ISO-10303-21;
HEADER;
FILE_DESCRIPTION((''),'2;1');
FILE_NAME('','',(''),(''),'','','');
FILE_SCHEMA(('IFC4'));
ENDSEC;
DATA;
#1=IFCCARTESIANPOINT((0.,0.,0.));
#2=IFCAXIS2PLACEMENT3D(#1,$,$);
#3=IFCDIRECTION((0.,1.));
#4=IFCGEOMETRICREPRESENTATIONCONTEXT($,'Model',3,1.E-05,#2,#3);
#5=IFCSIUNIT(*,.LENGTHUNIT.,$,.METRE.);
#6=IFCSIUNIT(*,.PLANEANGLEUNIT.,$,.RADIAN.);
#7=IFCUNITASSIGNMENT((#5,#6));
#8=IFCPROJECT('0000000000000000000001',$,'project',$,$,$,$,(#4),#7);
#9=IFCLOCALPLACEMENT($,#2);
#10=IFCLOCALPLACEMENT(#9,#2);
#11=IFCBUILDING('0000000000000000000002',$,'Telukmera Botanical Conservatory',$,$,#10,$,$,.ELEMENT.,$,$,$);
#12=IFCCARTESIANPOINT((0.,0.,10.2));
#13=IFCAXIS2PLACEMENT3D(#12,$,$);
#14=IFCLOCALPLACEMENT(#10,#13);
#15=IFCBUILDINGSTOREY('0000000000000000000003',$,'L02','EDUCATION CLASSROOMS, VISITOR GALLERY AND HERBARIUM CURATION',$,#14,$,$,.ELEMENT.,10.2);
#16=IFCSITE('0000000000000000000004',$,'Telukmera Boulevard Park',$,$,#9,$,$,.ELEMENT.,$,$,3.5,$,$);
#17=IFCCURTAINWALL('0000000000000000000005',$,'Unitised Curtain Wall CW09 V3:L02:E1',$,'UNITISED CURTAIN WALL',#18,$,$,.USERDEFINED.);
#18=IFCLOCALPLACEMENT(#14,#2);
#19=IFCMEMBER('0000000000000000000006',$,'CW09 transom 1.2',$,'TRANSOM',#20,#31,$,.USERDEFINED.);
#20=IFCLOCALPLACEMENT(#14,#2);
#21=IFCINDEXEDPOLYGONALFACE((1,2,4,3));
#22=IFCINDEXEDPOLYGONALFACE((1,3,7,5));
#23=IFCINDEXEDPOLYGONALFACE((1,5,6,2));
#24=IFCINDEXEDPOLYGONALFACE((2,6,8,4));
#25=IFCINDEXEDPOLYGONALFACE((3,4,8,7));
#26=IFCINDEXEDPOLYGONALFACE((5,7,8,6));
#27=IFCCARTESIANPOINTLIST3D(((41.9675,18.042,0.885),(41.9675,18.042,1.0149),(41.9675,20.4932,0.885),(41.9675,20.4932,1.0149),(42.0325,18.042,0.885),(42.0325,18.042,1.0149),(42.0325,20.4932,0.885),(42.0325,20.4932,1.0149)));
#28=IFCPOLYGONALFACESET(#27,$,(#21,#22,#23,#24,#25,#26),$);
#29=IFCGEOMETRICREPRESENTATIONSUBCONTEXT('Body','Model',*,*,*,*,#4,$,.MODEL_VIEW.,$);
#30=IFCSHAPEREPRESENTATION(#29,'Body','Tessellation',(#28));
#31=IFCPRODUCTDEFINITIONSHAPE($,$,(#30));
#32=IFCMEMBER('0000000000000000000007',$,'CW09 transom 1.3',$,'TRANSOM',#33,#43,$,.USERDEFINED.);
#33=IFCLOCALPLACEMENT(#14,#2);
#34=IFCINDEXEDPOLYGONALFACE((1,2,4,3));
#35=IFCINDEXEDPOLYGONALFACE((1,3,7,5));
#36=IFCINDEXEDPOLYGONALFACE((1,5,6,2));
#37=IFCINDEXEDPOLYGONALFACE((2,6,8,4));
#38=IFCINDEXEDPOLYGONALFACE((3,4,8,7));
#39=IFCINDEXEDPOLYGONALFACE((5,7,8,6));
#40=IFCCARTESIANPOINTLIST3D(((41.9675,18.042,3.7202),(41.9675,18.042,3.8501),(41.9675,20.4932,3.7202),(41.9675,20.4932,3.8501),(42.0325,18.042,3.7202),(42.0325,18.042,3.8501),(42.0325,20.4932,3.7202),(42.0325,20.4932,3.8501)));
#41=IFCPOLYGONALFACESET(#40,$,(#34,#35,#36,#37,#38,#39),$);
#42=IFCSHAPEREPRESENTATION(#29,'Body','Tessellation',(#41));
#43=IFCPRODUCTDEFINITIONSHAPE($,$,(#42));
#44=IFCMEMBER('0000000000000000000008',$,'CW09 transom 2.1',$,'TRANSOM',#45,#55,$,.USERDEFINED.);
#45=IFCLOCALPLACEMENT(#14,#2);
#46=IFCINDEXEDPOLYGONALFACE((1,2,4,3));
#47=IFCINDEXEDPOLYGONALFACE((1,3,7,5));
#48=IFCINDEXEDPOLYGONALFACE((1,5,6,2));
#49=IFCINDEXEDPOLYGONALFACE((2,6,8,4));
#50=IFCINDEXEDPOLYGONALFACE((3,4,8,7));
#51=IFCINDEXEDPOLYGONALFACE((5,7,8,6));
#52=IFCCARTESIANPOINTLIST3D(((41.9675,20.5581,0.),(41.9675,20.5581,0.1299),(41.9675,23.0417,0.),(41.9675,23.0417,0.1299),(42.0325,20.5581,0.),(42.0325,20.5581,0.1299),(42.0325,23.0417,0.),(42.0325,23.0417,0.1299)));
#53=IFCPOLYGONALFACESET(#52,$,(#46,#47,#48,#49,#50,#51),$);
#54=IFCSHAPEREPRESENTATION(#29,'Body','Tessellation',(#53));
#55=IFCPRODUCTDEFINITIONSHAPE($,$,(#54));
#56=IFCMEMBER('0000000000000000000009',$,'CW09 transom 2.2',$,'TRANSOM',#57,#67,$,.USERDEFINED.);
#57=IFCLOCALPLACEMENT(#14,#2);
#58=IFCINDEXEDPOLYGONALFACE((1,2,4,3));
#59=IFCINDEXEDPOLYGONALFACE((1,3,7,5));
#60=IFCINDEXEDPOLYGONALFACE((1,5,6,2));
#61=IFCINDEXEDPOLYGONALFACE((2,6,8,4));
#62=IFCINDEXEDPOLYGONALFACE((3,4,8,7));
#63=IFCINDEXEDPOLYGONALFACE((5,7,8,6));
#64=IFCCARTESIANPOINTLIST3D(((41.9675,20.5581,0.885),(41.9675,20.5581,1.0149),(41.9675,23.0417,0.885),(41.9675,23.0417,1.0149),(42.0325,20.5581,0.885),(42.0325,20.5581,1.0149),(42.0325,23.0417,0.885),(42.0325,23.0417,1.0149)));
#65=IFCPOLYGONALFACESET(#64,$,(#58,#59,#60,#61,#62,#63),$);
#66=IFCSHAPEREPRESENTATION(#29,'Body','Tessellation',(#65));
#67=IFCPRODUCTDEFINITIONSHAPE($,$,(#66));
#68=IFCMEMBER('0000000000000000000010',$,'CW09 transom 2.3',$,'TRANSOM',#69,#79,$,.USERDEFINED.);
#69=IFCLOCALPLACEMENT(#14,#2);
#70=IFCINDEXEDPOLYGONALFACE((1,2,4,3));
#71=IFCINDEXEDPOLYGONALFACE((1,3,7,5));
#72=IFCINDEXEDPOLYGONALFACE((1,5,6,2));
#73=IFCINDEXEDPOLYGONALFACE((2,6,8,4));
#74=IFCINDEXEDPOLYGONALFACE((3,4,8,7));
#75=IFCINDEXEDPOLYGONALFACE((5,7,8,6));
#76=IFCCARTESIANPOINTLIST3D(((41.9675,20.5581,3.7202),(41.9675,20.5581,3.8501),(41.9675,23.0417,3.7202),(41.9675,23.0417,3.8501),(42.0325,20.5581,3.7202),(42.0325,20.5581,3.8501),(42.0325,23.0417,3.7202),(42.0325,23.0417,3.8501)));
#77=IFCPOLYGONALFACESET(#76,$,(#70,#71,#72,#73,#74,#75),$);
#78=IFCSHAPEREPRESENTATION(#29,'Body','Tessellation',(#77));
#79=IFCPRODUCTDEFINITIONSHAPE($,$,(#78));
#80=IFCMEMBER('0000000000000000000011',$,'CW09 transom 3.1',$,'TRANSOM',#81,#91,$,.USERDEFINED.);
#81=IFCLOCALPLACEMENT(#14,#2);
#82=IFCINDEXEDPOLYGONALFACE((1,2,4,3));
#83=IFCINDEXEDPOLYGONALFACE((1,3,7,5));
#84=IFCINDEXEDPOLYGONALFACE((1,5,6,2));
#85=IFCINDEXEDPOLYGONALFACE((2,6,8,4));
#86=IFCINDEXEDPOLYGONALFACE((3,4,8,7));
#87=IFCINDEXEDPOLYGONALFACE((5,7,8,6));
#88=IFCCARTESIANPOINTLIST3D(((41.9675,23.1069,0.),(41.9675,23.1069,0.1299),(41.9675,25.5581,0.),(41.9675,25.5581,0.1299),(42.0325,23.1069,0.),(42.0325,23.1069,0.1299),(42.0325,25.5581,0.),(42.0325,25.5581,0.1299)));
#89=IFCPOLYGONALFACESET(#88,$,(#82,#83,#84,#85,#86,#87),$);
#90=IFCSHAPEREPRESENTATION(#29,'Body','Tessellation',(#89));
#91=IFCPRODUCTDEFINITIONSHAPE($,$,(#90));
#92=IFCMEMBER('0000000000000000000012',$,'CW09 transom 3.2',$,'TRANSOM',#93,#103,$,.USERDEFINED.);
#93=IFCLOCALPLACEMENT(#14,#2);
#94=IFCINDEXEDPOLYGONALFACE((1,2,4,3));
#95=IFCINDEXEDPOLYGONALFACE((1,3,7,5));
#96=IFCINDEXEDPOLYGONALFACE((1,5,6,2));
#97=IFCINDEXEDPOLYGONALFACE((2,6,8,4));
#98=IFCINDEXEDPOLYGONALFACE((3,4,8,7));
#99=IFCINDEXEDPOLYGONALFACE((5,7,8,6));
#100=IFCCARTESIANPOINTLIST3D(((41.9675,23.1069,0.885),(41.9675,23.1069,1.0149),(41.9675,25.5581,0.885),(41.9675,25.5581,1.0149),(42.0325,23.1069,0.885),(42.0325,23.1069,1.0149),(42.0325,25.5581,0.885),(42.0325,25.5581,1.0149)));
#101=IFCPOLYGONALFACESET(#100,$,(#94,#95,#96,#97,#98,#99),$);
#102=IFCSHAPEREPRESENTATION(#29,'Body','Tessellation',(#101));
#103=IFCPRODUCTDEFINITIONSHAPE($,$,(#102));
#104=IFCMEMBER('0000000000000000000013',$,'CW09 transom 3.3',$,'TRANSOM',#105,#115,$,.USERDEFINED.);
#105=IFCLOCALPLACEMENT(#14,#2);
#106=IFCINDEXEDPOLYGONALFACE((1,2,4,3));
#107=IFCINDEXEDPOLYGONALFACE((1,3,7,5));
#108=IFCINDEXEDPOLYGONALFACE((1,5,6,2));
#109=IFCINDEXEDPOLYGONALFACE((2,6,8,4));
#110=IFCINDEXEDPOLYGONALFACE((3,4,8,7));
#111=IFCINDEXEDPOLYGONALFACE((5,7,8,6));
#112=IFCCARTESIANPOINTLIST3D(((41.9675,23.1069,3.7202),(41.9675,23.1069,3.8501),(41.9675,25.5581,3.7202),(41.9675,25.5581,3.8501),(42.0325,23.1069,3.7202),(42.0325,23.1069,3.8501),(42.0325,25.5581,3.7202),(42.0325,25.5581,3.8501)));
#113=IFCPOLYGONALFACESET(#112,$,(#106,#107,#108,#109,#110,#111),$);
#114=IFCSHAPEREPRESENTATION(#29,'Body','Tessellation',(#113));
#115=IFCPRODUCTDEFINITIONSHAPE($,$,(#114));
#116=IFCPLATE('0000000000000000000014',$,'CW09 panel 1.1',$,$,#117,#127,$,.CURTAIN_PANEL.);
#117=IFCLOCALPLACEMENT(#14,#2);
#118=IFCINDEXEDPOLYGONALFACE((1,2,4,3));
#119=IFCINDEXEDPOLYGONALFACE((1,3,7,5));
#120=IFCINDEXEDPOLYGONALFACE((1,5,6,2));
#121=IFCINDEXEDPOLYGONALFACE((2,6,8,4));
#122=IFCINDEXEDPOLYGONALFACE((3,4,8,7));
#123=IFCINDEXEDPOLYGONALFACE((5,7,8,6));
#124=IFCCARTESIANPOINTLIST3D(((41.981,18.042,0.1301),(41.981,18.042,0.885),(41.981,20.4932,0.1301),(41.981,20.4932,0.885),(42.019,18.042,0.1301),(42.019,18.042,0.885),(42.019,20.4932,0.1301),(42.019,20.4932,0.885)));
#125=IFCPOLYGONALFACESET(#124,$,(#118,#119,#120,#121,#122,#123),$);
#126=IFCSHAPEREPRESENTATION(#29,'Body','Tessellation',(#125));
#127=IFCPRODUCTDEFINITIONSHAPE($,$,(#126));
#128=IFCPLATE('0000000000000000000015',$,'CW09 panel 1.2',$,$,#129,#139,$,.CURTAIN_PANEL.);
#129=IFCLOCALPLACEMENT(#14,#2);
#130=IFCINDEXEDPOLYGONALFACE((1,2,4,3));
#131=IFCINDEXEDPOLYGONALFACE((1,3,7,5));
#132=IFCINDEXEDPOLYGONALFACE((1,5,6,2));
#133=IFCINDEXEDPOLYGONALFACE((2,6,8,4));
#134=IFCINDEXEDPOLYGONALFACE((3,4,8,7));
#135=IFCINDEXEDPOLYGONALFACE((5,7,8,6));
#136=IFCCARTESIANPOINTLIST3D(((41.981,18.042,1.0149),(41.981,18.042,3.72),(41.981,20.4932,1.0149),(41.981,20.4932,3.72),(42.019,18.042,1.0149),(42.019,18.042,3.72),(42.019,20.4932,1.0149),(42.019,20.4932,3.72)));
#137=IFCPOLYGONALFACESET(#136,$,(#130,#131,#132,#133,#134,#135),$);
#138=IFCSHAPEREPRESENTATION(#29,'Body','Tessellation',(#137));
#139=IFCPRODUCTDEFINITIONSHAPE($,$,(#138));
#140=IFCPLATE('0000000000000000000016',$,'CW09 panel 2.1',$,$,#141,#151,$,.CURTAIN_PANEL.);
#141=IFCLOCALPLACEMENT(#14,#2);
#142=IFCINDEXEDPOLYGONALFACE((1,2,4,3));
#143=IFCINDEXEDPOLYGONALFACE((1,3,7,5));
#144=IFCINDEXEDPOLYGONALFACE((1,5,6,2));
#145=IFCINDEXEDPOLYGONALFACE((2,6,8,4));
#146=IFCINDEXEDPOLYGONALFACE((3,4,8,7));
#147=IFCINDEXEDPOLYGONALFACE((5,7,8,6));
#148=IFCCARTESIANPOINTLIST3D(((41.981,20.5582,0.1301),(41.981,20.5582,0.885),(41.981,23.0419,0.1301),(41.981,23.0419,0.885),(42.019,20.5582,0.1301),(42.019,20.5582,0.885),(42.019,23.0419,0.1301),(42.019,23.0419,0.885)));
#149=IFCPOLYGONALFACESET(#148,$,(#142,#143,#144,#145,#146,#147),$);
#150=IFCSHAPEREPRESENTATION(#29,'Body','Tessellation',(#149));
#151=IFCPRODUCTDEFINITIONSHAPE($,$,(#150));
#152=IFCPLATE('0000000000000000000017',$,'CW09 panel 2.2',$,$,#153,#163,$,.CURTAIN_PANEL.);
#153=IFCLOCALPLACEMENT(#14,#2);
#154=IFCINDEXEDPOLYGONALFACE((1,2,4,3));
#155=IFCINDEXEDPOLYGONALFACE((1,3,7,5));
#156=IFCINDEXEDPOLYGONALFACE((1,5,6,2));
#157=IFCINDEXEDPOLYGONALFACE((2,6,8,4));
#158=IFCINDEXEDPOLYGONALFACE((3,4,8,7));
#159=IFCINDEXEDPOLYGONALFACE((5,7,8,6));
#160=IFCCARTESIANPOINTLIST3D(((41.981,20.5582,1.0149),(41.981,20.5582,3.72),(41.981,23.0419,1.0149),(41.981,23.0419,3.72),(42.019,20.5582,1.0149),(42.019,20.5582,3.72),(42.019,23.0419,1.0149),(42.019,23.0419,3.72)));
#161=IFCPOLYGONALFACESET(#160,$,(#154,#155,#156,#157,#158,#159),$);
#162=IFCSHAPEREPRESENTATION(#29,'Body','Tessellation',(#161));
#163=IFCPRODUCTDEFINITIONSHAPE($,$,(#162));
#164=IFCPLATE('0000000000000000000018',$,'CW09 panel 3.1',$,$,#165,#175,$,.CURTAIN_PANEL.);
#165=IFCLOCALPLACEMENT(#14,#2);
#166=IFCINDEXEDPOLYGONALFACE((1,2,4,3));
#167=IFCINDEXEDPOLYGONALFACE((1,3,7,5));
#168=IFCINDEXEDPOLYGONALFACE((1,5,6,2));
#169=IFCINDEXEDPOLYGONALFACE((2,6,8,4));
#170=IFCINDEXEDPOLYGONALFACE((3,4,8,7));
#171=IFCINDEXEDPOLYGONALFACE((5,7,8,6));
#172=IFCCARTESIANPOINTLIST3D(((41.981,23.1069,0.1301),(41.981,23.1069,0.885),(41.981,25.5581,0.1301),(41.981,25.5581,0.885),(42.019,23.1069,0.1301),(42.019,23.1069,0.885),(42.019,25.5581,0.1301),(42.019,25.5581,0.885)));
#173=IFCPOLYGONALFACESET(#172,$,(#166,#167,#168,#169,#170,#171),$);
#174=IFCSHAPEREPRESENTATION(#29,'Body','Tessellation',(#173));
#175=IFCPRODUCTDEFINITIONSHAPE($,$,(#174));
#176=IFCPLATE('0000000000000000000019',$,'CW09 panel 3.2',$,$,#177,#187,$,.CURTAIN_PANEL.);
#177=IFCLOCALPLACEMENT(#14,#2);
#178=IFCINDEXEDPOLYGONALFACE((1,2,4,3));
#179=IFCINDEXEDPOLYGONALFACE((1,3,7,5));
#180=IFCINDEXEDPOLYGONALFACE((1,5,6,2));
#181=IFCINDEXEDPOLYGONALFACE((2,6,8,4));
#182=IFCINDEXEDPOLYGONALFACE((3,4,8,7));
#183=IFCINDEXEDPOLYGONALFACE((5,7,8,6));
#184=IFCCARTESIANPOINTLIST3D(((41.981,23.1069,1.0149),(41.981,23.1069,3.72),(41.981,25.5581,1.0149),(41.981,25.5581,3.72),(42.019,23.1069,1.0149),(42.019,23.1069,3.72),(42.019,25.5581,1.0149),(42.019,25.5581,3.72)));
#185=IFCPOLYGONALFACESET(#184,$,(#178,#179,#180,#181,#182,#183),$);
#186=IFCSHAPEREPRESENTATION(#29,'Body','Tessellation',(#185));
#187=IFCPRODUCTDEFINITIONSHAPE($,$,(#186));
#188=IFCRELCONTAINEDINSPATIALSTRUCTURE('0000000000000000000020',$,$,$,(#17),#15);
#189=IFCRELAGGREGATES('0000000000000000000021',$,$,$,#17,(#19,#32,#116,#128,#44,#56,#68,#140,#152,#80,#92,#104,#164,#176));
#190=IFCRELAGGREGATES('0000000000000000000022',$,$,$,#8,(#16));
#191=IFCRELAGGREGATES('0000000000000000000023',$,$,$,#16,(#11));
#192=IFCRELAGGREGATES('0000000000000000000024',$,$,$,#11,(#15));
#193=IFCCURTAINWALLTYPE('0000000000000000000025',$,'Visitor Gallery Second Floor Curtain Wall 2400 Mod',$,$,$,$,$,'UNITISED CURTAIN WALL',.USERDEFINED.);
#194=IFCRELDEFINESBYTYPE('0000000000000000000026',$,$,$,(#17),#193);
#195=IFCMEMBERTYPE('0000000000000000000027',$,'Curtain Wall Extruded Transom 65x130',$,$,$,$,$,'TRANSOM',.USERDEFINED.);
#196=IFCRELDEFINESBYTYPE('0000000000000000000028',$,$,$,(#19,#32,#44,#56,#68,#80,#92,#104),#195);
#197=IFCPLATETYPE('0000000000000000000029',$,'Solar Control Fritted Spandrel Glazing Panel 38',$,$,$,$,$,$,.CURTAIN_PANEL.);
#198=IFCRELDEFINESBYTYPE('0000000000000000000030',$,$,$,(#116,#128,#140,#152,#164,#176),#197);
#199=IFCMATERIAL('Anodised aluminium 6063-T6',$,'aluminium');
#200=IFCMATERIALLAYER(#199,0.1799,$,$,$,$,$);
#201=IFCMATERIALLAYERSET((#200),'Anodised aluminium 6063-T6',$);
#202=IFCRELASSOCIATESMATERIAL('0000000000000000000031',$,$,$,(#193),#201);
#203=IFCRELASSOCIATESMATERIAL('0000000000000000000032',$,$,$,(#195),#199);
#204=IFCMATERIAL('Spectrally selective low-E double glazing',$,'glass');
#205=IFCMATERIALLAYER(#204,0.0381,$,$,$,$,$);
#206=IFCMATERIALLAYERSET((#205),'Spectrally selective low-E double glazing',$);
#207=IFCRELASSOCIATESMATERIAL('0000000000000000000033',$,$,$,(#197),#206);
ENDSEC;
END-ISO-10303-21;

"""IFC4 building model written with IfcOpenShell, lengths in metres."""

from ifc_helpers import new_model, si_unit, direction, frame, origin, origin_2d, place, context, subcontext, project, spatial, rectangle, extrude, material, layer, layer_set, material_profile, profile_set, type_object, element, aggregate, save


model = new_model("IFC4")

# Units and contexts
model_context = context("Model", 3, precision=1e-05, world=origin(), true_north=direction((0.0, 1.0)))
body_context = subcontext(model_context, "Body", "Model", "MODEL_VIEW")
ifc_project = project(units=[si_unit("LENGTHUNIT", "METRE"), si_unit("PLANEANGLEUNIT", "RADIAN")], contexts=[model_context])

# Site, building, storey
site_placement = place(None, origin())
site = spatial("IfcSite", under=ifc_project, at=site_placement, Name="Telukmera Boulevard Park", CompositionType="ELEMENT", RefElevation=3.5)
building_placement = place(site_placement, origin())
building = spatial("IfcBuilding", under=site, at=building_placement, Name="Telukmera Botanical Conservatory", CompositionType="ELEMENT")
storey_placement = place(building_placement, frame((0.0, 0.0, 10.2)))
storey = spatial("IfcBuildingStorey", under=building, at=storey_placement, Name="L02", Description="EDUCATION CLASSROOMS, VISITOR GALLERY AND HERBARIUM CURATION", CompositionType="ELEMENT", Elevation=10.2)

# Curtain wall, members, plates
ifc_material_1 = material(Name="Anodised aluminium 6063-T6", Category="aluminium")
ifc_layer_1 = layer(ifc_material_1, 0.1799)
ifc_layer_set_1 = layer_set([ifc_layer_1], Name="Anodised aluminium 6063-T6")
curtain_wall_type = type_object("IfcCurtainWallType", Name="Visitor Gallery Second Floor Curtain Wall 2400 Mod", ElementType="UNITISED CURTAIN WALL", PredefinedType="USERDEFINED", material=ifc_layer_set_1)
curtain_wall_placement = place(storey_placement, origin())
curtain_wall = element("IfcCurtainWall", 1, at=curtain_wall_placement, inside=storey, type_object=curtain_wall_type, Name="Unitised Curtain Wall CW09 V3:L02:E1", ObjectType="UNITISED CURTAIN WALL", PredefinedType="USERDEFINED")
ifc_material_profile_1 = material_profile(ifc_material_1, rectangle(XDim=0.0649, YDim=0.1299, at=origin_2d()), Name="ALU TRAN 65x130")
ifc_profile_set_1 = profile_set([ifc_material_profile_1], Name="Anodised aluminium 6063-T6")
member_type_1 = type_object("IfcMemberType", Name="Curtain Wall Extruded Transom 65x130", ElementType="TRANSOM", PredefinedType="USERDEFINED", material=ifc_profile_set_1)
member_1_placement = place(storey_placement, frame((42.0, 18.042, 0.95), z_axis=(0.0, 1.0, 0.0), x_axis=(-1.0, 0.0, 0.0)))
member_1 = element("IfcMember", 2, at=member_1_placement, type_object=member_type_1, Name="CW09 transom 1.2", ObjectType="TRANSOM", PredefinedType="USERDEFINED", context=body_context, shape_type="SweptSolid", body=[
    extrude(rectangle(XDim=0.0649, YDim=0.1299, at=origin_2d()), origin(), (0.0, 0.0, 1.0), 2.4512),
])
member_2_placement = place(storey_placement, frame((42.0, 18.042, 3.7852), z_axis=(0.0, 1.0, 0.0), x_axis=(-1.0, 0.0, 0.0)))
member_2 = element("IfcMember", 3, at=member_2_placement, type_object=member_type_1, Name="CW09 transom 1.3", ObjectType="TRANSOM", PredefinedType="USERDEFINED", context=body_context, shape_type="SweptSolid", body=[
    extrude(rectangle(XDim=0.0649, YDim=0.1299, at=origin_2d()), origin(), (0.0, 0.0, 1.0), 2.4512),
])
member_3_placement = place(storey_placement, frame((42.0, 20.5581, 0.0649), z_axis=(0.0, 1.0, 0.0), x_axis=(-1.0, 0.0, 0.0)))
member_3 = element("IfcMember", 4, at=member_3_placement, type_object=member_type_1, Name="CW09 transom 2.1", ObjectType="TRANSOM", PredefinedType="USERDEFINED", context=body_context, shape_type="SweptSolid", body=[
    extrude(rectangle(XDim=0.0649, YDim=0.1299, at=origin_2d()), origin(), (0.0, 0.0, 1.0), 2.4836),
])
member_4_placement = place(storey_placement, frame((42.0, 20.5581, 0.95), z_axis=(0.0, 1.0, 0.0), x_axis=(-1.0, 0.0, 0.0)))
member_4 = element("IfcMember", 5, at=member_4_placement, type_object=member_type_1, Name="CW09 transom 2.2", ObjectType="TRANSOM", PredefinedType="USERDEFINED", context=body_context, shape_type="SweptSolid", body=[
    extrude(rectangle(XDim=0.0649, YDim=0.1299, at=origin_2d()), origin(), (0.0, 0.0, 1.0), 2.4836),
])
member_5_placement = place(storey_placement, frame((42.0, 20.5581, 3.7852), z_axis=(0.0, 1.0, 0.0), x_axis=(-1.0, 0.0, 0.0)))
member_5 = element("IfcMember", 6, at=member_5_placement, type_object=member_type_1, Name="CW09 transom 2.3", ObjectType="TRANSOM", PredefinedType="USERDEFINED", context=body_context, shape_type="SweptSolid", body=[
    extrude(rectangle(XDim=0.0649, YDim=0.1299, at=origin_2d()), origin(), (0.0, 0.0, 1.0), 2.4836),
])
member_6_placement = place(storey_placement, frame((42.0, 23.1069, 0.0649), z_axis=(0.0, 1.0, 0.0), x_axis=(-1.0, 0.0, 0.0)))
member_6 = element("IfcMember", 7, at=member_6_placement, type_object=member_type_1, Name="CW09 transom 3.1", ObjectType="TRANSOM", PredefinedType="USERDEFINED", context=body_context, shape_type="SweptSolid", body=[
    extrude(rectangle(XDim=0.0649, YDim=0.1299, at=origin_2d()), origin(), (0.0, 0.0, 1.0), 2.4512),
])
member_7_placement = place(storey_placement, frame((42.0, 23.1069, 0.95), z_axis=(0.0, 1.0, 0.0), x_axis=(-1.0, 0.0, 0.0)))
member_7 = element("IfcMember", 8, at=member_7_placement, type_object=member_type_1, Name="CW09 transom 3.2", ObjectType="TRANSOM", PredefinedType="USERDEFINED", context=body_context, shape_type="SweptSolid", body=[
    extrude(rectangle(XDim=0.0649, YDim=0.1299, at=origin_2d()), origin(), (0.0, 0.0, 1.0), 2.4512),
])
member_8_placement = place(storey_placement, frame((42.0, 23.1069, 3.7852), z_axis=(0.0, 1.0, 0.0), x_axis=(-1.0, 0.0, 0.0)))
member_8 = element("IfcMember", 9, at=member_8_placement, type_object=member_type_1, Name="CW09 transom 3.3", ObjectType="TRANSOM", PredefinedType="USERDEFINED", context=body_context, shape_type="SweptSolid", body=[
    extrude(rectangle(XDim=0.0649, YDim=0.1299, at=origin_2d()), origin(), (0.0, 0.0, 1.0), 2.4512),
])
ifc_material_2 = material(Name="Spectrally selective low-E double glazing", Category="glass")
ifc_layer_2 = layer(ifc_material_2, 0.0381)
ifc_layer_set_2 = layer_set([ifc_layer_2], Name="Spectrally selective low-E double glazing")
plate_type = type_object("IfcPlateType", Name="Solar Control Fritted Spandrel Glazing Panel 38", PredefinedType="CURTAIN_PANEL", material=ifc_layer_set_2)
plate_1_placement = place(storey_placement, frame((42.0, 19.2676, 0.1301), z_axis=(0.0, 0.0, 1.0), x_axis=(0.0, 1.0, 0.0)))
plate_1 = element("IfcPlate", 10, at=plate_1_placement, type_object=plate_type, Name="CW09 panel 1.1", PredefinedType="CURTAIN_PANEL", context=body_context, shape_type="SweptSolid", body=[
    extrude(rectangle(XDim=2.4512, YDim=0.0381, at=origin_2d()), origin(), (0.0, 0.0, 1.0), 0.7549),
])
plate_2_placement = place(storey_placement, frame((42.0, 19.2676, 1.0149), z_axis=(0.0, 0.0, 1.0), x_axis=(0.0, 1.0, 0.0)))
plate_2 = element("IfcPlate", 11, at=plate_2_placement, type_object=plate_type, Name="CW09 panel 1.2", PredefinedType="CURTAIN_PANEL", context=body_context, shape_type="SweptSolid", body=[
    extrude(rectangle(XDim=2.4512, YDim=0.0381, at=origin_2d()), origin(), (0.0, 0.0, 1.0), 2.7051),
])
plate_3_placement = place(storey_placement, frame((42.0, 21.8, 0.1301), z_axis=(0.0, 0.0, 1.0), x_axis=(0.0, 1.0, 0.0)))
plate_3 = element("IfcPlate", 12, at=plate_3_placement, type_object=plate_type, Name="CW09 panel 2.1", PredefinedType="CURTAIN_PANEL", context=body_context, shape_type="SweptSolid", body=[
    extrude(rectangle(XDim=2.4836, YDim=0.0381, at=origin_2d()), origin(), (0.0, 0.0, 1.0), 0.7549),
])
plate_4_placement = place(storey_placement, frame((42.0, 21.8, 1.0149), z_axis=(0.0, 0.0, 1.0), x_axis=(0.0, 1.0, 0.0)))
plate_4 = element("IfcPlate", 13, at=plate_4_placement, type_object=plate_type, Name="CW09 panel 2.2", PredefinedType="CURTAIN_PANEL", context=body_context, shape_type="SweptSolid", body=[
    extrude(rectangle(XDim=2.4836, YDim=0.0381, at=origin_2d()), origin(), (0.0, 0.0, 1.0), 2.7051),
])
plate_5_placement = place(storey_placement, frame((42.0, 24.3325, 0.1301), z_axis=(0.0, 0.0, 1.0), x_axis=(0.0, 1.0, 0.0)))
plate_5 = element("IfcPlate", 14, at=plate_5_placement, type_object=plate_type, Name="CW09 panel 3.1", PredefinedType="CURTAIN_PANEL", context=body_context, shape_type="SweptSolid", body=[
    extrude(rectangle(XDim=2.4512, YDim=0.0381, at=origin_2d()), origin(), (0.0, 0.0, 1.0), 0.7549),
])
plate_6_placement = place(storey_placement, frame((42.0, 24.3325, 1.0149), z_axis=(0.0, 0.0, 1.0), x_axis=(0.0, 1.0, 0.0)))
plate_6 = element("IfcPlate", 15, at=plate_6_placement, type_object=plate_type, Name="CW09 panel 3.2", PredefinedType="CURTAIN_PANEL", context=body_context, shape_type="SweptSolid", body=[
    extrude(rectangle(XDim=2.4512, YDim=0.0381, at=origin_2d()), origin(), (0.0, 0.0, 1.0), 2.7051),
])
aggregate(curtain_wall, [member_1, member_2, plate_1, plate_2, member_3, member_4, member_5, plate_3, plate_4, member_6, member_7, member_8, plate_5, plate_6])

save(model, "model.ifc")
